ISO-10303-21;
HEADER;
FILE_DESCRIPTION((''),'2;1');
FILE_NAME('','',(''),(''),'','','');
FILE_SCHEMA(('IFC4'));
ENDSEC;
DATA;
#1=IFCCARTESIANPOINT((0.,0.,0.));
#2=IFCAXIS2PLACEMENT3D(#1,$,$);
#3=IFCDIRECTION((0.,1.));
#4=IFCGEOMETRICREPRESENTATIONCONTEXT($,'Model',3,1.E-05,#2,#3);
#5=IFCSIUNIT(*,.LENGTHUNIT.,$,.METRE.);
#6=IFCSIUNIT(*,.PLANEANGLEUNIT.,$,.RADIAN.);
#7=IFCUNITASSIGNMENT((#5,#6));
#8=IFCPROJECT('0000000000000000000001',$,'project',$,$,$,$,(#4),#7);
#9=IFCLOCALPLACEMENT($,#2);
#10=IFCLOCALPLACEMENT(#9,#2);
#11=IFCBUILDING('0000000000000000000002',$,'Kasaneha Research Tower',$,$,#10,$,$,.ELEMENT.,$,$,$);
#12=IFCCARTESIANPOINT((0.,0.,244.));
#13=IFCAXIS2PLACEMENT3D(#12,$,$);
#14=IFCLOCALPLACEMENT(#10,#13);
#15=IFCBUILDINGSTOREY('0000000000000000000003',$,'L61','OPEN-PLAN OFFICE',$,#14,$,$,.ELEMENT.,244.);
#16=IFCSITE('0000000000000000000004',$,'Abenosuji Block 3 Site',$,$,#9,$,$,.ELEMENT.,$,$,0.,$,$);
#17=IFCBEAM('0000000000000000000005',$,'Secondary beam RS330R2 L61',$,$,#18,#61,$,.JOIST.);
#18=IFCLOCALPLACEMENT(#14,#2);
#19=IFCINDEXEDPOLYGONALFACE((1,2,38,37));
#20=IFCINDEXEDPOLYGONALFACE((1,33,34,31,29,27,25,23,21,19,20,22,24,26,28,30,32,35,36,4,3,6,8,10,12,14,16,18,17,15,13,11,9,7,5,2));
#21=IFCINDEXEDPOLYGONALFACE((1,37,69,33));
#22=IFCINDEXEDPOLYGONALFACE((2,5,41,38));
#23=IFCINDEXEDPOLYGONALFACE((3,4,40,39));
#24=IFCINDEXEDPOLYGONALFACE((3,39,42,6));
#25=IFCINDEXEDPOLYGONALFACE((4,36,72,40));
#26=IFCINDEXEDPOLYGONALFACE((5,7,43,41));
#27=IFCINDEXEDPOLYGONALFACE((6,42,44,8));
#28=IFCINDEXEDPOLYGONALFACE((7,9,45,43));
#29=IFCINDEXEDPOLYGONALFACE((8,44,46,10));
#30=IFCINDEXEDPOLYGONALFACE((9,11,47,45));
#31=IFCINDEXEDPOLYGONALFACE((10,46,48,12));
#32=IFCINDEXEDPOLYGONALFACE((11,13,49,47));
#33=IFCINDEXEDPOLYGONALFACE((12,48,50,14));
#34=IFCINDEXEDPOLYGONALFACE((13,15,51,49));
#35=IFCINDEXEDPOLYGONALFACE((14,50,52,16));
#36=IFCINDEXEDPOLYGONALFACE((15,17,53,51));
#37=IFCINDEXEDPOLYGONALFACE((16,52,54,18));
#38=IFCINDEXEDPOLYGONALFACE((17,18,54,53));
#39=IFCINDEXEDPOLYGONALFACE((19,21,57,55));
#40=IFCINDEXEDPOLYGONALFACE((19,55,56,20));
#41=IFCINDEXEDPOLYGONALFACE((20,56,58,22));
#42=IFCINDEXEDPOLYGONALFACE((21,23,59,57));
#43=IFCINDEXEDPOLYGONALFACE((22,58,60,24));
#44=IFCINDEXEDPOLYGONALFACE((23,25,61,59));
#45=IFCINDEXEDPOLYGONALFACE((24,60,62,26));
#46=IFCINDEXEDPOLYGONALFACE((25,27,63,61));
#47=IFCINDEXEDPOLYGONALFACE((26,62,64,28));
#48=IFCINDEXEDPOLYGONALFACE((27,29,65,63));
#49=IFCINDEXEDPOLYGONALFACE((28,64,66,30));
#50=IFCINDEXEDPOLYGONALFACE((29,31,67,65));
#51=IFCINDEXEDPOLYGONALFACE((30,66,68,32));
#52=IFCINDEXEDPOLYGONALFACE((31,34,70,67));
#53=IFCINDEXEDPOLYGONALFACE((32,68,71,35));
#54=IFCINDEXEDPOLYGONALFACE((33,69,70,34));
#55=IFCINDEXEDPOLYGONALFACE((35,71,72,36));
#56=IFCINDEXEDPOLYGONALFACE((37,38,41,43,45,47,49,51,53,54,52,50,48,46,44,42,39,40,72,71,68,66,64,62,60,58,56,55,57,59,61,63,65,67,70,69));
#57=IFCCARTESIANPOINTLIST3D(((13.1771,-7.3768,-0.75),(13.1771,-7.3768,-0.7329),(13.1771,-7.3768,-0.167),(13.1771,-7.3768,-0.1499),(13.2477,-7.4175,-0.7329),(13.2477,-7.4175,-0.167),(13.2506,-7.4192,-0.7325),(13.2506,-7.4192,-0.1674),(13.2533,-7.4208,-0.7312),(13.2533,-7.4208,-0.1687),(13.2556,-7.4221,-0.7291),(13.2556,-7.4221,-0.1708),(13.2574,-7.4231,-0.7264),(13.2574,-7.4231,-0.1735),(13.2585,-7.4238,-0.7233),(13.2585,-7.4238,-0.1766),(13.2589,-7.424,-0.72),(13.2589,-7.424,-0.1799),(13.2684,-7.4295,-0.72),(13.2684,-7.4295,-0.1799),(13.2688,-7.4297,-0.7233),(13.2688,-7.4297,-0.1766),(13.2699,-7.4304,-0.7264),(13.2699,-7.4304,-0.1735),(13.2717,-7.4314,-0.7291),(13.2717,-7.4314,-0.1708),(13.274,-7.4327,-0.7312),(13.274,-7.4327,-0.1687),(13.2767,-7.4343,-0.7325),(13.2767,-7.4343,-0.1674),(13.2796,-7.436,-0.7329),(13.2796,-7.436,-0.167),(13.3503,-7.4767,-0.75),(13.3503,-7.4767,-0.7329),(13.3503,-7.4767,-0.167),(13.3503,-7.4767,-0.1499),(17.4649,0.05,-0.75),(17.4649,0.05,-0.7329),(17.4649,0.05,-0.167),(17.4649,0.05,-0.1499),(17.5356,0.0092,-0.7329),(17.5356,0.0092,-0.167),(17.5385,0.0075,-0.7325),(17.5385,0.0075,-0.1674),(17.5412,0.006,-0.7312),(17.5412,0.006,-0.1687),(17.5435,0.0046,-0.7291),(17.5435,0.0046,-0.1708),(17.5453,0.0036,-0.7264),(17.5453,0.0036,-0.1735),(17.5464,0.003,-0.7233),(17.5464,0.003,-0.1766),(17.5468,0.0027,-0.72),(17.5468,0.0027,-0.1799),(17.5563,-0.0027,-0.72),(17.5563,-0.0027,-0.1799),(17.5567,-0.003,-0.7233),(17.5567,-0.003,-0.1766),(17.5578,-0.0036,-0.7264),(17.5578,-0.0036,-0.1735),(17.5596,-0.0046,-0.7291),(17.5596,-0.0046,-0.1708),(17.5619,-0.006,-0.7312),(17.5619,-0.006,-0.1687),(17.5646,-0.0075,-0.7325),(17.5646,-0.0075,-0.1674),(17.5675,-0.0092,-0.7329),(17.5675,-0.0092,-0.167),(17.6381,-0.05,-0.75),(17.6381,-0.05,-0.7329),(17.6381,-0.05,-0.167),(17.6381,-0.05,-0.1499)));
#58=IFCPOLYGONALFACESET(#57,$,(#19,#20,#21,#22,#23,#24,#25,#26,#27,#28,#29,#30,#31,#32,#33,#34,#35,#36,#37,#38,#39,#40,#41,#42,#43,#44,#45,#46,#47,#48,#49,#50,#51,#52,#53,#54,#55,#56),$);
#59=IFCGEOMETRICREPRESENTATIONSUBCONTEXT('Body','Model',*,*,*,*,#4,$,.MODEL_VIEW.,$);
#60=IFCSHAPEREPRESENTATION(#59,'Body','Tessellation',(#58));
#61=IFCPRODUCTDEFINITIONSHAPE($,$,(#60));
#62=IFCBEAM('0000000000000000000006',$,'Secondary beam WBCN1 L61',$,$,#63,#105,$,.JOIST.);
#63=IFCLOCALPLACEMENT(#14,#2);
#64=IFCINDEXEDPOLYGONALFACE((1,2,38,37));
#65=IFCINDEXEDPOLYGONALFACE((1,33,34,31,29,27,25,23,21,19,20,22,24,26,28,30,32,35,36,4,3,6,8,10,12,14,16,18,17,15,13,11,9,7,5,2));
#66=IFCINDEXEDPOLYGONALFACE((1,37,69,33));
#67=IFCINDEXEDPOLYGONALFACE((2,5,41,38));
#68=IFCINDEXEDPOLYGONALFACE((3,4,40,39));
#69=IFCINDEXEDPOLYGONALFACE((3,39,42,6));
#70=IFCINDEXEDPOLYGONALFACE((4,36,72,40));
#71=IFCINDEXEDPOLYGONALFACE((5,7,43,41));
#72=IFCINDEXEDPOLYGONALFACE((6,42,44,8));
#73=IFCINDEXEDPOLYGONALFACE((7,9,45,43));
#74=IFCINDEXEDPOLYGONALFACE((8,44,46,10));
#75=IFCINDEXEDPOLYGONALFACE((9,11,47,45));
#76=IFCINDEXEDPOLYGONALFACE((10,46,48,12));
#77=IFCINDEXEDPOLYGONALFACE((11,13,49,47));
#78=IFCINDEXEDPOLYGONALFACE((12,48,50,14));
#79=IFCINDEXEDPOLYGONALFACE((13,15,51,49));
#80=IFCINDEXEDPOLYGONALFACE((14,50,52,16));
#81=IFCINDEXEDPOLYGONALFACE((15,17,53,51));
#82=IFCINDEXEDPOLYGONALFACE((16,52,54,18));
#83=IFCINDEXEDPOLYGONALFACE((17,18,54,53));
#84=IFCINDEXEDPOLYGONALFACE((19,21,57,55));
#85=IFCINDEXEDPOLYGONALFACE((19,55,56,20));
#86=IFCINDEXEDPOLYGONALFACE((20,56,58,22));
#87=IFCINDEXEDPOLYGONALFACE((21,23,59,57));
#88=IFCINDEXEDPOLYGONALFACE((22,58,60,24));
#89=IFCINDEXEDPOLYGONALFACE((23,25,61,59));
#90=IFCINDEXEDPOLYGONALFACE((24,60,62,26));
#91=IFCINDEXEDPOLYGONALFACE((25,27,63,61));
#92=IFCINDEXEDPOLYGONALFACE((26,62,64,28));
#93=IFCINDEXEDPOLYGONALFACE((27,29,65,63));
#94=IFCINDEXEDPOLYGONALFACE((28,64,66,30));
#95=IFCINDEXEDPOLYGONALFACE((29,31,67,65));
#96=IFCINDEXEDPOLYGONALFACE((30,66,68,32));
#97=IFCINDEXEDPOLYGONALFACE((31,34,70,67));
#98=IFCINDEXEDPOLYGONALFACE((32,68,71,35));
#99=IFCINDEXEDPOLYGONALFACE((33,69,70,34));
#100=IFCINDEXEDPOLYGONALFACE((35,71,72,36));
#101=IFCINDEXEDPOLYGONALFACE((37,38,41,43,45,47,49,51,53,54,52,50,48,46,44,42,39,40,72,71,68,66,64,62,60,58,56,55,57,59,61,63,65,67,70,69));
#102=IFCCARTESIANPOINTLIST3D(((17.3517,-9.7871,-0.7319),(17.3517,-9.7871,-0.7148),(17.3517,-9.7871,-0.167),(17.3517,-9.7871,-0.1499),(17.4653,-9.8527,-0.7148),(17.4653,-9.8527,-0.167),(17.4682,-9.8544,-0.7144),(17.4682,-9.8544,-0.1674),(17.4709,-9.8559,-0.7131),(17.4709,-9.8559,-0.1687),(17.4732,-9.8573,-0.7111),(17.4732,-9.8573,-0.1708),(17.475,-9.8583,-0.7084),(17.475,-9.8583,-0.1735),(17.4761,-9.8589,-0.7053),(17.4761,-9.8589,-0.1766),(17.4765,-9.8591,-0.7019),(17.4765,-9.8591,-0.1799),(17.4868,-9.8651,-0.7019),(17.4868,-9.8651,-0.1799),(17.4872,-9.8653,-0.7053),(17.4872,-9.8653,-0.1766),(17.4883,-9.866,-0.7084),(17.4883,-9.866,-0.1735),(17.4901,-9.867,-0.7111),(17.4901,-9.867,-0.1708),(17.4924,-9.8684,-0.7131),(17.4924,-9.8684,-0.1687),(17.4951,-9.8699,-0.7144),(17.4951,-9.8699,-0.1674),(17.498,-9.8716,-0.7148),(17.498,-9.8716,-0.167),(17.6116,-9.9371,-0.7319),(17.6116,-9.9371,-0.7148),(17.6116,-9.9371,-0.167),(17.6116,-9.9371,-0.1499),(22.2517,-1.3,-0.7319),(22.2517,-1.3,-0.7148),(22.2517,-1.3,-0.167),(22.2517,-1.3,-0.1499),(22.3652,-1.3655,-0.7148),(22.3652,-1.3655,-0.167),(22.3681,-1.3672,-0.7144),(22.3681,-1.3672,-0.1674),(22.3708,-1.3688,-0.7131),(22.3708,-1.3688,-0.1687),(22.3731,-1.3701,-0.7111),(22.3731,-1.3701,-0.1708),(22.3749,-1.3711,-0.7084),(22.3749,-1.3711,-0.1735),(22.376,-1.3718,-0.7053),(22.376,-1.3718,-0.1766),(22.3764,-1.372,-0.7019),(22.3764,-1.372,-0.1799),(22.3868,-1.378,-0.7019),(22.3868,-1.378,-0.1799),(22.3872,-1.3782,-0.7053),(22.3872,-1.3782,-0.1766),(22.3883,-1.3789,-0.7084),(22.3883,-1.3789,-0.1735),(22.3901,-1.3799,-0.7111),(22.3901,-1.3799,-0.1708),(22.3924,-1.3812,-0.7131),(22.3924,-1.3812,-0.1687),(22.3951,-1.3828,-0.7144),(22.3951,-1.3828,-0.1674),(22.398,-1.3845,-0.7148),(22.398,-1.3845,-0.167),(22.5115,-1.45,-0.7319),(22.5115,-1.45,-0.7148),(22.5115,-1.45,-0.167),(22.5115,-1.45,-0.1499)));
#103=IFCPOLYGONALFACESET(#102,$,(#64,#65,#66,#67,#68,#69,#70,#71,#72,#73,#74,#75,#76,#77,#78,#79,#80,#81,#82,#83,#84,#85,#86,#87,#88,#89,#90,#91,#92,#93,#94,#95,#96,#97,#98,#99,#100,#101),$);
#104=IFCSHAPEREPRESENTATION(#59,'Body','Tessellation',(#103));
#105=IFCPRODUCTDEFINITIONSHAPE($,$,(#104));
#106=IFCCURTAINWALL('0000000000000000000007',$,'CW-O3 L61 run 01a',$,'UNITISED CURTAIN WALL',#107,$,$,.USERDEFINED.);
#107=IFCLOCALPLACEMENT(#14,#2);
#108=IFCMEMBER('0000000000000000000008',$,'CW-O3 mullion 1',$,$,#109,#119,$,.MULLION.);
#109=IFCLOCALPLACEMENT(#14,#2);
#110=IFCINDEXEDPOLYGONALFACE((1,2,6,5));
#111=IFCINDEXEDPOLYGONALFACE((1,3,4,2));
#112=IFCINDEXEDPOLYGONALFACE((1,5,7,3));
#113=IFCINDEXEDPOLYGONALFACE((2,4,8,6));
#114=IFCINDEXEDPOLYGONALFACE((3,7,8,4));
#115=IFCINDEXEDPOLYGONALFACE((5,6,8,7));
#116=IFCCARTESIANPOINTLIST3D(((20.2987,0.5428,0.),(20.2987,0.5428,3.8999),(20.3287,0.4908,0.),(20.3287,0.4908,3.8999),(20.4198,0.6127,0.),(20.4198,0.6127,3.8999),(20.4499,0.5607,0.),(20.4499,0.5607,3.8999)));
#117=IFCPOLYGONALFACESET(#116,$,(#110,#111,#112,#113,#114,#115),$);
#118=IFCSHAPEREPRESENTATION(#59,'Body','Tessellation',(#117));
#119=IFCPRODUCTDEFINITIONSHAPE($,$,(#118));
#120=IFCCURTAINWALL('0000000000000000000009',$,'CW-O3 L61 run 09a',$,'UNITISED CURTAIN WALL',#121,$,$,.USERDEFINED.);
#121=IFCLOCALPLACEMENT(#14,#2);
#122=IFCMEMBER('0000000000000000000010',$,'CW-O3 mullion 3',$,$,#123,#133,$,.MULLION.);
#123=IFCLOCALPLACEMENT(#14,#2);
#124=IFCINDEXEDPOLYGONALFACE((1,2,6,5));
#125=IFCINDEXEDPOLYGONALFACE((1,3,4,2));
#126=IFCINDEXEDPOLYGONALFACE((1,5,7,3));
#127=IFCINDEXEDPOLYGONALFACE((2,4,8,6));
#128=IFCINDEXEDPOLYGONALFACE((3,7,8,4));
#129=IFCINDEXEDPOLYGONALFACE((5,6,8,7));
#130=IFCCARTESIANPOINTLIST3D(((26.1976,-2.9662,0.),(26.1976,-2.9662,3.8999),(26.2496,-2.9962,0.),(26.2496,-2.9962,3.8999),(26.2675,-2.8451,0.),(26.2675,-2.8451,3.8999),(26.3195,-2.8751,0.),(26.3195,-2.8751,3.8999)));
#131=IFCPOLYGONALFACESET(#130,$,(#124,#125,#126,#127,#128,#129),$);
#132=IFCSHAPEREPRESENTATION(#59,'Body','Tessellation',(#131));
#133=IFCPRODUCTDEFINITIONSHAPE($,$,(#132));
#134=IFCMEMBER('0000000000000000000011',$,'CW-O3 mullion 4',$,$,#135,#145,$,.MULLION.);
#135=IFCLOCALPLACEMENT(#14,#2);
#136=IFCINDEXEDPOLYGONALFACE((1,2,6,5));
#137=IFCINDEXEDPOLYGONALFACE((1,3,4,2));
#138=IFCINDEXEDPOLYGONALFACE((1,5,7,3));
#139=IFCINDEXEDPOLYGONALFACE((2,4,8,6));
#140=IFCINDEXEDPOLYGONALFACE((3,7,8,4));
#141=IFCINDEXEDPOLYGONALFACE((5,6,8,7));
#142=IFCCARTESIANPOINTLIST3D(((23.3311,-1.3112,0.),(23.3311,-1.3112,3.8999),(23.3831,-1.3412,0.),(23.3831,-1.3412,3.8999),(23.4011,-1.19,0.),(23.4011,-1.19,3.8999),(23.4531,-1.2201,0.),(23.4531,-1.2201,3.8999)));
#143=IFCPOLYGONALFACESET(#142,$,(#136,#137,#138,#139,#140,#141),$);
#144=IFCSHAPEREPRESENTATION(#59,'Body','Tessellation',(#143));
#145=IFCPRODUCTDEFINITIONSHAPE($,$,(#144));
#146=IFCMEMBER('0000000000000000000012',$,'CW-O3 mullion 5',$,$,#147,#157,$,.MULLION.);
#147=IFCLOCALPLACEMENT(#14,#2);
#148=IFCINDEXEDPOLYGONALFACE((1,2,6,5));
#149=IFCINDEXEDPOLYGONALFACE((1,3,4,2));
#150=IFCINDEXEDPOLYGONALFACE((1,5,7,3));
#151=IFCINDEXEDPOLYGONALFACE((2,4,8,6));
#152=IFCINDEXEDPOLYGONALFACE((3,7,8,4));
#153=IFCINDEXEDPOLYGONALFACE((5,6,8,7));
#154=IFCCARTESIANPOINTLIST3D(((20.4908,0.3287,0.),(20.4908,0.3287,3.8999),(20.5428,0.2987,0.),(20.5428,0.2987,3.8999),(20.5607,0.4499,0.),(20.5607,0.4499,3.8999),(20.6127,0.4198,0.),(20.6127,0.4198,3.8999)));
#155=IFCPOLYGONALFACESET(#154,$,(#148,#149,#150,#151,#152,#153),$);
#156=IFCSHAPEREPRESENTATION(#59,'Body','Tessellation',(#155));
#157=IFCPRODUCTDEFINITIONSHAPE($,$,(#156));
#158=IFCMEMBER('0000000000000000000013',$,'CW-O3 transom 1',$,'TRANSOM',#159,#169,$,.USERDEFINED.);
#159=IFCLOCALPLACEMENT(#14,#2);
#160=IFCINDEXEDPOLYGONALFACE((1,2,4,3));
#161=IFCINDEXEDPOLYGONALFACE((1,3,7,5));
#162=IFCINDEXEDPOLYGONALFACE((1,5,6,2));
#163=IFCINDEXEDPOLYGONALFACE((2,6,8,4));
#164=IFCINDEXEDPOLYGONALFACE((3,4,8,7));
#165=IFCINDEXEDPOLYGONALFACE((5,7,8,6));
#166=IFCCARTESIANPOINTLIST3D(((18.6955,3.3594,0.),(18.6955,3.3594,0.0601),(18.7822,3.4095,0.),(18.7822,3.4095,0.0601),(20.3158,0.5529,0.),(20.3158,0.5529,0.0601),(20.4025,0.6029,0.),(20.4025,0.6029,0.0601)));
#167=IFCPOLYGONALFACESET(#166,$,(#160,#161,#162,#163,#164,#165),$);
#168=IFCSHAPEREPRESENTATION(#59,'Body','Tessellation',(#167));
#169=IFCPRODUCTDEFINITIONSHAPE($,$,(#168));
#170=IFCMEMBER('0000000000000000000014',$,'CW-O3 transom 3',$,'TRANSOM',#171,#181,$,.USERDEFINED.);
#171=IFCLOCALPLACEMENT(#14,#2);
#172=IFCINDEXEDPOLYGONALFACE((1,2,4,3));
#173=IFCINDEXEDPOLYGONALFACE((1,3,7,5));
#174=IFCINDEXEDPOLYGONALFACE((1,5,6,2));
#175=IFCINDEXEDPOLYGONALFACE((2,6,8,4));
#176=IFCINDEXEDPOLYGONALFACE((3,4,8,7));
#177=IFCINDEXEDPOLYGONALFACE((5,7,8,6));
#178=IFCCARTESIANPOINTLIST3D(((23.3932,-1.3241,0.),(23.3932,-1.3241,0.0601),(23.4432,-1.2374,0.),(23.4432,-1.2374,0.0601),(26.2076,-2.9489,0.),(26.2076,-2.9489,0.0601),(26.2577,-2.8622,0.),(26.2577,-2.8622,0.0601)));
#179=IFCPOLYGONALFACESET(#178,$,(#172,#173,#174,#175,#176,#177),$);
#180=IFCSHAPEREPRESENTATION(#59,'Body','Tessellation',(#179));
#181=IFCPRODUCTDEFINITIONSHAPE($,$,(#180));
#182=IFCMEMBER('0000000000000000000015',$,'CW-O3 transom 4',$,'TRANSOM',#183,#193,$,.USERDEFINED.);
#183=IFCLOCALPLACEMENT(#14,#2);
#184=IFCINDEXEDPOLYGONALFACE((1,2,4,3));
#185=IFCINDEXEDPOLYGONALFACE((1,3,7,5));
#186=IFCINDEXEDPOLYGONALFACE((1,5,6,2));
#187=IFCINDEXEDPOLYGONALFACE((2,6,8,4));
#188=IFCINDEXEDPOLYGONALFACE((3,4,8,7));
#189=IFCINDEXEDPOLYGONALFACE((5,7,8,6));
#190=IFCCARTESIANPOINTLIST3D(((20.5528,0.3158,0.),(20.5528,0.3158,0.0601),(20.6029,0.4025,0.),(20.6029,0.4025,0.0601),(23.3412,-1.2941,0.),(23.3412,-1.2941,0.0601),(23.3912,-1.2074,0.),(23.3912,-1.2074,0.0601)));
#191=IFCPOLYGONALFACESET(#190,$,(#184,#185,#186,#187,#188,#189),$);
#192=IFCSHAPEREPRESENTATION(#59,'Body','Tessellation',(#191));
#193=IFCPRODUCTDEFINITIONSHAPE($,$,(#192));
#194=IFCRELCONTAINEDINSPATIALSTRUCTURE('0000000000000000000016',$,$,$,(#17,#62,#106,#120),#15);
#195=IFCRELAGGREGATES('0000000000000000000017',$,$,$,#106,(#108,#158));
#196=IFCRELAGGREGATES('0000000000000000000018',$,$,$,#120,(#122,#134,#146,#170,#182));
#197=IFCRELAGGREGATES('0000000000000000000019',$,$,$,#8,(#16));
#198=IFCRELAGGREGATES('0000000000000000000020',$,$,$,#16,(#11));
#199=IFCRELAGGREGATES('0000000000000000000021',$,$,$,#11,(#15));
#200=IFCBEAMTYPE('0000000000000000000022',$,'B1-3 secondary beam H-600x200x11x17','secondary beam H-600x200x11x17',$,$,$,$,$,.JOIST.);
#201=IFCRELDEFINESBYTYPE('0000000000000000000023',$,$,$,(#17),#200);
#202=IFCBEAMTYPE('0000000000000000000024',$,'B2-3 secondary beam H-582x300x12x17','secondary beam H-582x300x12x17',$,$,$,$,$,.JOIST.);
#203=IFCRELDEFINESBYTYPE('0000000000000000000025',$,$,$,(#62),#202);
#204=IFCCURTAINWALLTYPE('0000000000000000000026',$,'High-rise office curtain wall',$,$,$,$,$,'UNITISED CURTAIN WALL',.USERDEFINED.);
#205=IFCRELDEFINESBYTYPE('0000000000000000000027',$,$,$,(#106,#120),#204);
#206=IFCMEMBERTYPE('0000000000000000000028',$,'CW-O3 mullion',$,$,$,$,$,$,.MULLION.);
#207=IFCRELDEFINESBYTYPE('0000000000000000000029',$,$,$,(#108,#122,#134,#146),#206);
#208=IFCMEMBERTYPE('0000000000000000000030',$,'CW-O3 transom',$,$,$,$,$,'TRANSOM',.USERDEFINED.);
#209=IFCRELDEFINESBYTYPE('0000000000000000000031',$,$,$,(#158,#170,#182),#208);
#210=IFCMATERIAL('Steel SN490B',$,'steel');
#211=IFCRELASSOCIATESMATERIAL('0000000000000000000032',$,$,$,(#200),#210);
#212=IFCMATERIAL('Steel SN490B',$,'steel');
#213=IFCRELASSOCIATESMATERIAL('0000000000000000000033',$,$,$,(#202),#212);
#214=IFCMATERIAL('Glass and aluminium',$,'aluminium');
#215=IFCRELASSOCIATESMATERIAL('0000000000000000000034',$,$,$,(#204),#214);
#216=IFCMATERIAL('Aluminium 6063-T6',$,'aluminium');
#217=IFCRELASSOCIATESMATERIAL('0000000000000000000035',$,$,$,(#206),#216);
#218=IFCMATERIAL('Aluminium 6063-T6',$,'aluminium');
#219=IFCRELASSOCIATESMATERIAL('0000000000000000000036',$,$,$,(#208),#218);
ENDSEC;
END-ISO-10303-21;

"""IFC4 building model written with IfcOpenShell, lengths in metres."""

from ifc_helpers import new_model, si_unit, direction, frame, origin, origin_2d, place, context, subcontext, project, spatial, rectangle, i_section, extrude, material, material_profile, profile_set, type_object, element, aggregate, save


model = new_model("IFC4")

# Units and contexts
model_context = context("Model", 3, precision=1e-05, world=origin(), true_north=direction((0.0, 1.0)))
body_context = subcontext(model_context, "Body", "Model", "MODEL_VIEW")
ifc_project = project(units=[si_unit("LENGTHUNIT", "METRE"), si_unit("PLANEANGLEUNIT", "RADIAN")], contexts=[model_context])

# Site, building, storey
site_placement = place(None, origin())
site = spatial("IfcSite", under=ifc_project, at=site_placement, Name="Abenosuji Block 3 Site", CompositionType="ELEMENT", RefElevation=0.0)
building_placement = place(site_placement, origin())
building = spatial("IfcBuilding", under=site, at=building_placement, Name="Kasaneha Research Tower", CompositionType="ELEMENT")
storey_placement = place(building_placement, frame((0.0, 0.0, 244.0)))
storey = spatial("IfcBuildingStorey", under=building, at=storey_placement, Name="L61", Description="OPEN-PLAN OFFICE", CompositionType="ELEMENT", Elevation=244.0)

# Beams
ifc_material_1 = material(Name="Steel SN490B", Category="steel")
ifc_material_profile_1 = material_profile(ifc_material_1, i_section(OverallWidth=0.2, OverallDepth=0.6001, WebThickness=0.011, FlangeThickness=0.0171, FilletRadius=0.0129, at=origin_2d()), Name="H-600x200x11x17")
ifc_profile_set_1 = profile_set([ifc_material_profile_1], Name="Steel SN490B")
beam_type_1 = type_object("IfcBeamType", Name="B1-3 secondary beam H-600x200x11x17", Description="secondary beam H-600x200x11x17", PredefinedType="JOIST", material=ifc_profile_set_1)
beam_1_placement = place(storey_placement, frame((17.5515, 0.0, -0.45), z_axis=(-0.5, -0.866025, 0.0), x_axis=(0.866025, -0.5, 0.0)))
element("IfcBeam", 1, at=beam_1_placement, inside=storey, type_object=beam_type_1, Name="Secondary beam RS330R2 L61", PredefinedType="JOIST", context=body_context, shape_type="SweptSolid", body=[
    extrude(i_section(OverallWidth=0.2, OverallDepth=0.6001, WebThickness=0.011, FlangeThickness=0.0171, FilletRadius=0.0129, at=origin_2d()), origin(), (0.0, 0.0, 1.0), 8.5757),
])
ifc_material_2 = material(Name="Steel SN490B", Category="steel")
ifc_material_profile_2 = material_profile(ifc_material_2, i_section(OverallWidth=0.3, OverallDepth=0.582, WebThickness=0.012, FlangeThickness=0.0171, FilletRadius=0.0129, at=origin_2d()), Name="H-582x300x12x17")
ifc_profile_set_2 = profile_set([ifc_material_profile_2], Name="Steel SN490B")
beam_type_2 = type_object("IfcBeamType", Name="B2-3 secondary beam H-582x300x12x17", Description="secondary beam H-582x300x12x17", PredefinedType="JOIST", material=ifc_profile_set_2)
beam_2_placement = place(storey_placement, frame((22.3816, -1.375, -0.4409), z_axis=(-0.499992, -0.86603, 0.0), x_axis=(0.86603, -0.499992, 0.0)))
element("IfcBeam", 2, at=beam_2_placement, inside=storey, type_object=beam_type_2, Name="Secondary beam WBCN1 L61", PredefinedType="JOIST", context=body_context, shape_type="SweptSolid", body=[
    extrude(i_section(OverallWidth=0.3, OverallDepth=0.582, WebThickness=0.012, FlangeThickness=0.0171, FilletRadius=0.0129, at=origin_2d()), origin(), (0.0, 0.0, 1.0), 9.8),
])

# Curtain wall, member
ifc_material_3 = material(Name="Glass and aluminium", Category="aluminium")
curtain_wall_type = type_object("IfcCurtainWallType", Name="High-rise office curtain wall", ElementType="UNITISED CURTAIN WALL", PredefinedType="USERDEFINED", material=ifc_material_3)
curtain_wall_1_placement = place(storey_placement, origin())
curtain_wall_1 = element("IfcCurtainWall", 3, at=curtain_wall_1_placement, inside=storey, type_object=curtain_wall_type, Name="CW-O3 L61 run 01a", ObjectType="UNITISED CURTAIN WALL", PredefinedType="USERDEFINED")
ifc_material_4 = material(Name="Aluminium 6063-T6", Category="aluminium")
ifc_material_profile_3 = material_profile(ifc_material_4, rectangle(XDim=0.0601, YDim=0.1399, at=origin_2d()), Name="CW-O3 mullion 60x140")
ifc_profile_set_3 = profile_set([ifc_material_profile_3], Name="Aluminium 6063-T6")
member_type_1 = type_object("IfcMemberType", Name="CW-O3 mullion", PredefinedType="MULLION", material=ifc_profile_set_3)
member_1_placement = place(storey_placement, frame((20.3743, 0.5518, 0.0), z_axis=(0.0, 0.0, 1.0), x_axis=(-0.5, 0.866025, 0.0)))
member_1 = element("IfcMember", 4, at=member_1_placement, type_object=member_type_1, Name="CW-O3 mullion 1", PredefinedType="MULLION", context=body_context, shape_type="SweptSolid", body=[
    extrude(rectangle(XDim=0.0601, YDim=0.1399, at=origin_2d()), origin(), (0.0, 0.0, 1.0), 3.8999),
])

# Curtain wall, members
curtain_wall_2_placement = place(storey_placement, origin())
curtain_wall_2 = element("IfcCurtainWall", 5, at=curtain_wall_2_placement, inside=storey, type_object=curtain_wall_type, Name="CW-O3 L61 run 09a", ObjectType="UNITISED CURTAIN WALL", PredefinedType="USERDEFINED")
member_2_placement = place(storey_placement, frame((26.2585, -2.9207, 0.0), z_axis=(0.0, 0.0, 1.0), x_axis=(-0.866025, 0.5, 0.0)))
member_2 = element("IfcMember", 6, at=member_2_placement, type_object=member_type_1, Name="CW-O3 mullion 3", PredefinedType="MULLION", context=body_context, shape_type="SweptSolid", body=[
    extrude(rectangle(XDim=0.0601, YDim=0.1399, at=origin_2d()), origin(), (0.0, 0.0, 1.0), 3.8999),
])
member_3_placement = place(storey_placement, frame((23.3921, -1.2656, 0.0), z_axis=(0.0, 0.0, 1.0), x_axis=(-0.866025, 0.5, 0.0)))
member_3 = element("IfcMember", 7, at=member_3_placement, type_object=member_type_1, Name="CW-O3 mullion 4", PredefinedType="MULLION", context=body_context, shape_type="SweptSolid", body=[
    extrude(rectangle(XDim=0.0601, YDim=0.1399, at=origin_2d()), origin(), (0.0, 0.0, 1.0), 3.8999),
])
member_4_placement = place(storey_placement, frame((20.5518, 0.3743, 0.0), z_axis=(0.0, 0.0, 1.0), x_axis=(-0.866025, 0.5, 0.0)))
member_4 = element("IfcMember", 8, at=member_4_placement, type_object=member_type_1, Name="CW-O3 mullion 5", PredefinedType="MULLION", context=body_context, shape_type="SweptSolid", body=[
    extrude(rectangle(XDim=0.0601, YDim=0.1399, at=origin_2d()), origin(), (0.0, 0.0, 1.0), 3.8999),
])

# Members
ifc_material_5 = material(Name="Aluminium 6063-T6", Category="aluminium")
ifc_material_profile_4 = material_profile(ifc_material_5, rectangle(XDim=0.1001, YDim=0.0601, at=origin_2d()), Name="CW-O3 transom 100x60")
ifc_profile_set_4 = profile_set([ifc_material_profile_4], Name="Aluminium 6063-T6")
member_type_2 = type_object("IfcMemberType", Name="CW-O3 transom", ElementType="TRANSOM", PredefinedType="USERDEFINED", material=ifc_profile_set_4)
member_5_placement = place(storey_placement, frame((20.3591, 0.5779, 0.03), z_axis=(-0.499988, 0.866033, 0.0), x_axis=(-0.866033, -0.499988, 0.0)))
member_5 = element("IfcMember", 9, at=member_5_placement, type_object=member_type_2, Name="CW-O3 transom 1", ObjectType="TRANSOM", PredefinedType="USERDEFINED", context=body_context, shape_type="SweptSolid", body=[
    extrude(rectangle(XDim=0.1001, YDim=0.0601, at=origin_2d()), origin(), (0.0, 0.0, 1.0), 3.2407),
])
aggregate(curtain_wall_1, [member_1, member_5])
member_6_placement = place(storey_placement, frame((26.2327, -2.9055, 0.03), z_axis=(-0.866048, 0.499961, 0.0), x_axis=(-0.499961, -0.866048, 0.0)))
member_6 = element("IfcMember", 10, at=member_6_placement, type_object=member_type_2, Name="CW-O3 transom 3", ObjectType="TRANSOM", PredefinedType="USERDEFINED", context=body_context, shape_type="SweptSolid", body=[
    extrude(rectangle(XDim=0.1001, YDim=0.0601, at=origin_2d()), origin(), (0.0, 0.0, 1.0), 3.2498),
])
member_7_placement = place(storey_placement, frame((23.3662, -1.2507, 0.03), z_axis=(-0.866023, 0.500005, 0.0), x_axis=(-0.500005, -0.866023, 0.0)))
member_7 = element("IfcMember", 11, at=member_7_placement, type_object=member_type_2, Name="CW-O3 transom 4", ObjectType="TRANSOM", PredefinedType="USERDEFINED", context=body_context, shape_type="SweptSolid", body=[
    extrude(rectangle(XDim=0.1001, YDim=0.0601, at=origin_2d()), origin(), (0.0, 0.0, 1.0), 3.2197),
])

aggregate(curtain_wall_2, [member_2, member_3, member_4, member_6, member_7])

save(model, "model.ifc")
